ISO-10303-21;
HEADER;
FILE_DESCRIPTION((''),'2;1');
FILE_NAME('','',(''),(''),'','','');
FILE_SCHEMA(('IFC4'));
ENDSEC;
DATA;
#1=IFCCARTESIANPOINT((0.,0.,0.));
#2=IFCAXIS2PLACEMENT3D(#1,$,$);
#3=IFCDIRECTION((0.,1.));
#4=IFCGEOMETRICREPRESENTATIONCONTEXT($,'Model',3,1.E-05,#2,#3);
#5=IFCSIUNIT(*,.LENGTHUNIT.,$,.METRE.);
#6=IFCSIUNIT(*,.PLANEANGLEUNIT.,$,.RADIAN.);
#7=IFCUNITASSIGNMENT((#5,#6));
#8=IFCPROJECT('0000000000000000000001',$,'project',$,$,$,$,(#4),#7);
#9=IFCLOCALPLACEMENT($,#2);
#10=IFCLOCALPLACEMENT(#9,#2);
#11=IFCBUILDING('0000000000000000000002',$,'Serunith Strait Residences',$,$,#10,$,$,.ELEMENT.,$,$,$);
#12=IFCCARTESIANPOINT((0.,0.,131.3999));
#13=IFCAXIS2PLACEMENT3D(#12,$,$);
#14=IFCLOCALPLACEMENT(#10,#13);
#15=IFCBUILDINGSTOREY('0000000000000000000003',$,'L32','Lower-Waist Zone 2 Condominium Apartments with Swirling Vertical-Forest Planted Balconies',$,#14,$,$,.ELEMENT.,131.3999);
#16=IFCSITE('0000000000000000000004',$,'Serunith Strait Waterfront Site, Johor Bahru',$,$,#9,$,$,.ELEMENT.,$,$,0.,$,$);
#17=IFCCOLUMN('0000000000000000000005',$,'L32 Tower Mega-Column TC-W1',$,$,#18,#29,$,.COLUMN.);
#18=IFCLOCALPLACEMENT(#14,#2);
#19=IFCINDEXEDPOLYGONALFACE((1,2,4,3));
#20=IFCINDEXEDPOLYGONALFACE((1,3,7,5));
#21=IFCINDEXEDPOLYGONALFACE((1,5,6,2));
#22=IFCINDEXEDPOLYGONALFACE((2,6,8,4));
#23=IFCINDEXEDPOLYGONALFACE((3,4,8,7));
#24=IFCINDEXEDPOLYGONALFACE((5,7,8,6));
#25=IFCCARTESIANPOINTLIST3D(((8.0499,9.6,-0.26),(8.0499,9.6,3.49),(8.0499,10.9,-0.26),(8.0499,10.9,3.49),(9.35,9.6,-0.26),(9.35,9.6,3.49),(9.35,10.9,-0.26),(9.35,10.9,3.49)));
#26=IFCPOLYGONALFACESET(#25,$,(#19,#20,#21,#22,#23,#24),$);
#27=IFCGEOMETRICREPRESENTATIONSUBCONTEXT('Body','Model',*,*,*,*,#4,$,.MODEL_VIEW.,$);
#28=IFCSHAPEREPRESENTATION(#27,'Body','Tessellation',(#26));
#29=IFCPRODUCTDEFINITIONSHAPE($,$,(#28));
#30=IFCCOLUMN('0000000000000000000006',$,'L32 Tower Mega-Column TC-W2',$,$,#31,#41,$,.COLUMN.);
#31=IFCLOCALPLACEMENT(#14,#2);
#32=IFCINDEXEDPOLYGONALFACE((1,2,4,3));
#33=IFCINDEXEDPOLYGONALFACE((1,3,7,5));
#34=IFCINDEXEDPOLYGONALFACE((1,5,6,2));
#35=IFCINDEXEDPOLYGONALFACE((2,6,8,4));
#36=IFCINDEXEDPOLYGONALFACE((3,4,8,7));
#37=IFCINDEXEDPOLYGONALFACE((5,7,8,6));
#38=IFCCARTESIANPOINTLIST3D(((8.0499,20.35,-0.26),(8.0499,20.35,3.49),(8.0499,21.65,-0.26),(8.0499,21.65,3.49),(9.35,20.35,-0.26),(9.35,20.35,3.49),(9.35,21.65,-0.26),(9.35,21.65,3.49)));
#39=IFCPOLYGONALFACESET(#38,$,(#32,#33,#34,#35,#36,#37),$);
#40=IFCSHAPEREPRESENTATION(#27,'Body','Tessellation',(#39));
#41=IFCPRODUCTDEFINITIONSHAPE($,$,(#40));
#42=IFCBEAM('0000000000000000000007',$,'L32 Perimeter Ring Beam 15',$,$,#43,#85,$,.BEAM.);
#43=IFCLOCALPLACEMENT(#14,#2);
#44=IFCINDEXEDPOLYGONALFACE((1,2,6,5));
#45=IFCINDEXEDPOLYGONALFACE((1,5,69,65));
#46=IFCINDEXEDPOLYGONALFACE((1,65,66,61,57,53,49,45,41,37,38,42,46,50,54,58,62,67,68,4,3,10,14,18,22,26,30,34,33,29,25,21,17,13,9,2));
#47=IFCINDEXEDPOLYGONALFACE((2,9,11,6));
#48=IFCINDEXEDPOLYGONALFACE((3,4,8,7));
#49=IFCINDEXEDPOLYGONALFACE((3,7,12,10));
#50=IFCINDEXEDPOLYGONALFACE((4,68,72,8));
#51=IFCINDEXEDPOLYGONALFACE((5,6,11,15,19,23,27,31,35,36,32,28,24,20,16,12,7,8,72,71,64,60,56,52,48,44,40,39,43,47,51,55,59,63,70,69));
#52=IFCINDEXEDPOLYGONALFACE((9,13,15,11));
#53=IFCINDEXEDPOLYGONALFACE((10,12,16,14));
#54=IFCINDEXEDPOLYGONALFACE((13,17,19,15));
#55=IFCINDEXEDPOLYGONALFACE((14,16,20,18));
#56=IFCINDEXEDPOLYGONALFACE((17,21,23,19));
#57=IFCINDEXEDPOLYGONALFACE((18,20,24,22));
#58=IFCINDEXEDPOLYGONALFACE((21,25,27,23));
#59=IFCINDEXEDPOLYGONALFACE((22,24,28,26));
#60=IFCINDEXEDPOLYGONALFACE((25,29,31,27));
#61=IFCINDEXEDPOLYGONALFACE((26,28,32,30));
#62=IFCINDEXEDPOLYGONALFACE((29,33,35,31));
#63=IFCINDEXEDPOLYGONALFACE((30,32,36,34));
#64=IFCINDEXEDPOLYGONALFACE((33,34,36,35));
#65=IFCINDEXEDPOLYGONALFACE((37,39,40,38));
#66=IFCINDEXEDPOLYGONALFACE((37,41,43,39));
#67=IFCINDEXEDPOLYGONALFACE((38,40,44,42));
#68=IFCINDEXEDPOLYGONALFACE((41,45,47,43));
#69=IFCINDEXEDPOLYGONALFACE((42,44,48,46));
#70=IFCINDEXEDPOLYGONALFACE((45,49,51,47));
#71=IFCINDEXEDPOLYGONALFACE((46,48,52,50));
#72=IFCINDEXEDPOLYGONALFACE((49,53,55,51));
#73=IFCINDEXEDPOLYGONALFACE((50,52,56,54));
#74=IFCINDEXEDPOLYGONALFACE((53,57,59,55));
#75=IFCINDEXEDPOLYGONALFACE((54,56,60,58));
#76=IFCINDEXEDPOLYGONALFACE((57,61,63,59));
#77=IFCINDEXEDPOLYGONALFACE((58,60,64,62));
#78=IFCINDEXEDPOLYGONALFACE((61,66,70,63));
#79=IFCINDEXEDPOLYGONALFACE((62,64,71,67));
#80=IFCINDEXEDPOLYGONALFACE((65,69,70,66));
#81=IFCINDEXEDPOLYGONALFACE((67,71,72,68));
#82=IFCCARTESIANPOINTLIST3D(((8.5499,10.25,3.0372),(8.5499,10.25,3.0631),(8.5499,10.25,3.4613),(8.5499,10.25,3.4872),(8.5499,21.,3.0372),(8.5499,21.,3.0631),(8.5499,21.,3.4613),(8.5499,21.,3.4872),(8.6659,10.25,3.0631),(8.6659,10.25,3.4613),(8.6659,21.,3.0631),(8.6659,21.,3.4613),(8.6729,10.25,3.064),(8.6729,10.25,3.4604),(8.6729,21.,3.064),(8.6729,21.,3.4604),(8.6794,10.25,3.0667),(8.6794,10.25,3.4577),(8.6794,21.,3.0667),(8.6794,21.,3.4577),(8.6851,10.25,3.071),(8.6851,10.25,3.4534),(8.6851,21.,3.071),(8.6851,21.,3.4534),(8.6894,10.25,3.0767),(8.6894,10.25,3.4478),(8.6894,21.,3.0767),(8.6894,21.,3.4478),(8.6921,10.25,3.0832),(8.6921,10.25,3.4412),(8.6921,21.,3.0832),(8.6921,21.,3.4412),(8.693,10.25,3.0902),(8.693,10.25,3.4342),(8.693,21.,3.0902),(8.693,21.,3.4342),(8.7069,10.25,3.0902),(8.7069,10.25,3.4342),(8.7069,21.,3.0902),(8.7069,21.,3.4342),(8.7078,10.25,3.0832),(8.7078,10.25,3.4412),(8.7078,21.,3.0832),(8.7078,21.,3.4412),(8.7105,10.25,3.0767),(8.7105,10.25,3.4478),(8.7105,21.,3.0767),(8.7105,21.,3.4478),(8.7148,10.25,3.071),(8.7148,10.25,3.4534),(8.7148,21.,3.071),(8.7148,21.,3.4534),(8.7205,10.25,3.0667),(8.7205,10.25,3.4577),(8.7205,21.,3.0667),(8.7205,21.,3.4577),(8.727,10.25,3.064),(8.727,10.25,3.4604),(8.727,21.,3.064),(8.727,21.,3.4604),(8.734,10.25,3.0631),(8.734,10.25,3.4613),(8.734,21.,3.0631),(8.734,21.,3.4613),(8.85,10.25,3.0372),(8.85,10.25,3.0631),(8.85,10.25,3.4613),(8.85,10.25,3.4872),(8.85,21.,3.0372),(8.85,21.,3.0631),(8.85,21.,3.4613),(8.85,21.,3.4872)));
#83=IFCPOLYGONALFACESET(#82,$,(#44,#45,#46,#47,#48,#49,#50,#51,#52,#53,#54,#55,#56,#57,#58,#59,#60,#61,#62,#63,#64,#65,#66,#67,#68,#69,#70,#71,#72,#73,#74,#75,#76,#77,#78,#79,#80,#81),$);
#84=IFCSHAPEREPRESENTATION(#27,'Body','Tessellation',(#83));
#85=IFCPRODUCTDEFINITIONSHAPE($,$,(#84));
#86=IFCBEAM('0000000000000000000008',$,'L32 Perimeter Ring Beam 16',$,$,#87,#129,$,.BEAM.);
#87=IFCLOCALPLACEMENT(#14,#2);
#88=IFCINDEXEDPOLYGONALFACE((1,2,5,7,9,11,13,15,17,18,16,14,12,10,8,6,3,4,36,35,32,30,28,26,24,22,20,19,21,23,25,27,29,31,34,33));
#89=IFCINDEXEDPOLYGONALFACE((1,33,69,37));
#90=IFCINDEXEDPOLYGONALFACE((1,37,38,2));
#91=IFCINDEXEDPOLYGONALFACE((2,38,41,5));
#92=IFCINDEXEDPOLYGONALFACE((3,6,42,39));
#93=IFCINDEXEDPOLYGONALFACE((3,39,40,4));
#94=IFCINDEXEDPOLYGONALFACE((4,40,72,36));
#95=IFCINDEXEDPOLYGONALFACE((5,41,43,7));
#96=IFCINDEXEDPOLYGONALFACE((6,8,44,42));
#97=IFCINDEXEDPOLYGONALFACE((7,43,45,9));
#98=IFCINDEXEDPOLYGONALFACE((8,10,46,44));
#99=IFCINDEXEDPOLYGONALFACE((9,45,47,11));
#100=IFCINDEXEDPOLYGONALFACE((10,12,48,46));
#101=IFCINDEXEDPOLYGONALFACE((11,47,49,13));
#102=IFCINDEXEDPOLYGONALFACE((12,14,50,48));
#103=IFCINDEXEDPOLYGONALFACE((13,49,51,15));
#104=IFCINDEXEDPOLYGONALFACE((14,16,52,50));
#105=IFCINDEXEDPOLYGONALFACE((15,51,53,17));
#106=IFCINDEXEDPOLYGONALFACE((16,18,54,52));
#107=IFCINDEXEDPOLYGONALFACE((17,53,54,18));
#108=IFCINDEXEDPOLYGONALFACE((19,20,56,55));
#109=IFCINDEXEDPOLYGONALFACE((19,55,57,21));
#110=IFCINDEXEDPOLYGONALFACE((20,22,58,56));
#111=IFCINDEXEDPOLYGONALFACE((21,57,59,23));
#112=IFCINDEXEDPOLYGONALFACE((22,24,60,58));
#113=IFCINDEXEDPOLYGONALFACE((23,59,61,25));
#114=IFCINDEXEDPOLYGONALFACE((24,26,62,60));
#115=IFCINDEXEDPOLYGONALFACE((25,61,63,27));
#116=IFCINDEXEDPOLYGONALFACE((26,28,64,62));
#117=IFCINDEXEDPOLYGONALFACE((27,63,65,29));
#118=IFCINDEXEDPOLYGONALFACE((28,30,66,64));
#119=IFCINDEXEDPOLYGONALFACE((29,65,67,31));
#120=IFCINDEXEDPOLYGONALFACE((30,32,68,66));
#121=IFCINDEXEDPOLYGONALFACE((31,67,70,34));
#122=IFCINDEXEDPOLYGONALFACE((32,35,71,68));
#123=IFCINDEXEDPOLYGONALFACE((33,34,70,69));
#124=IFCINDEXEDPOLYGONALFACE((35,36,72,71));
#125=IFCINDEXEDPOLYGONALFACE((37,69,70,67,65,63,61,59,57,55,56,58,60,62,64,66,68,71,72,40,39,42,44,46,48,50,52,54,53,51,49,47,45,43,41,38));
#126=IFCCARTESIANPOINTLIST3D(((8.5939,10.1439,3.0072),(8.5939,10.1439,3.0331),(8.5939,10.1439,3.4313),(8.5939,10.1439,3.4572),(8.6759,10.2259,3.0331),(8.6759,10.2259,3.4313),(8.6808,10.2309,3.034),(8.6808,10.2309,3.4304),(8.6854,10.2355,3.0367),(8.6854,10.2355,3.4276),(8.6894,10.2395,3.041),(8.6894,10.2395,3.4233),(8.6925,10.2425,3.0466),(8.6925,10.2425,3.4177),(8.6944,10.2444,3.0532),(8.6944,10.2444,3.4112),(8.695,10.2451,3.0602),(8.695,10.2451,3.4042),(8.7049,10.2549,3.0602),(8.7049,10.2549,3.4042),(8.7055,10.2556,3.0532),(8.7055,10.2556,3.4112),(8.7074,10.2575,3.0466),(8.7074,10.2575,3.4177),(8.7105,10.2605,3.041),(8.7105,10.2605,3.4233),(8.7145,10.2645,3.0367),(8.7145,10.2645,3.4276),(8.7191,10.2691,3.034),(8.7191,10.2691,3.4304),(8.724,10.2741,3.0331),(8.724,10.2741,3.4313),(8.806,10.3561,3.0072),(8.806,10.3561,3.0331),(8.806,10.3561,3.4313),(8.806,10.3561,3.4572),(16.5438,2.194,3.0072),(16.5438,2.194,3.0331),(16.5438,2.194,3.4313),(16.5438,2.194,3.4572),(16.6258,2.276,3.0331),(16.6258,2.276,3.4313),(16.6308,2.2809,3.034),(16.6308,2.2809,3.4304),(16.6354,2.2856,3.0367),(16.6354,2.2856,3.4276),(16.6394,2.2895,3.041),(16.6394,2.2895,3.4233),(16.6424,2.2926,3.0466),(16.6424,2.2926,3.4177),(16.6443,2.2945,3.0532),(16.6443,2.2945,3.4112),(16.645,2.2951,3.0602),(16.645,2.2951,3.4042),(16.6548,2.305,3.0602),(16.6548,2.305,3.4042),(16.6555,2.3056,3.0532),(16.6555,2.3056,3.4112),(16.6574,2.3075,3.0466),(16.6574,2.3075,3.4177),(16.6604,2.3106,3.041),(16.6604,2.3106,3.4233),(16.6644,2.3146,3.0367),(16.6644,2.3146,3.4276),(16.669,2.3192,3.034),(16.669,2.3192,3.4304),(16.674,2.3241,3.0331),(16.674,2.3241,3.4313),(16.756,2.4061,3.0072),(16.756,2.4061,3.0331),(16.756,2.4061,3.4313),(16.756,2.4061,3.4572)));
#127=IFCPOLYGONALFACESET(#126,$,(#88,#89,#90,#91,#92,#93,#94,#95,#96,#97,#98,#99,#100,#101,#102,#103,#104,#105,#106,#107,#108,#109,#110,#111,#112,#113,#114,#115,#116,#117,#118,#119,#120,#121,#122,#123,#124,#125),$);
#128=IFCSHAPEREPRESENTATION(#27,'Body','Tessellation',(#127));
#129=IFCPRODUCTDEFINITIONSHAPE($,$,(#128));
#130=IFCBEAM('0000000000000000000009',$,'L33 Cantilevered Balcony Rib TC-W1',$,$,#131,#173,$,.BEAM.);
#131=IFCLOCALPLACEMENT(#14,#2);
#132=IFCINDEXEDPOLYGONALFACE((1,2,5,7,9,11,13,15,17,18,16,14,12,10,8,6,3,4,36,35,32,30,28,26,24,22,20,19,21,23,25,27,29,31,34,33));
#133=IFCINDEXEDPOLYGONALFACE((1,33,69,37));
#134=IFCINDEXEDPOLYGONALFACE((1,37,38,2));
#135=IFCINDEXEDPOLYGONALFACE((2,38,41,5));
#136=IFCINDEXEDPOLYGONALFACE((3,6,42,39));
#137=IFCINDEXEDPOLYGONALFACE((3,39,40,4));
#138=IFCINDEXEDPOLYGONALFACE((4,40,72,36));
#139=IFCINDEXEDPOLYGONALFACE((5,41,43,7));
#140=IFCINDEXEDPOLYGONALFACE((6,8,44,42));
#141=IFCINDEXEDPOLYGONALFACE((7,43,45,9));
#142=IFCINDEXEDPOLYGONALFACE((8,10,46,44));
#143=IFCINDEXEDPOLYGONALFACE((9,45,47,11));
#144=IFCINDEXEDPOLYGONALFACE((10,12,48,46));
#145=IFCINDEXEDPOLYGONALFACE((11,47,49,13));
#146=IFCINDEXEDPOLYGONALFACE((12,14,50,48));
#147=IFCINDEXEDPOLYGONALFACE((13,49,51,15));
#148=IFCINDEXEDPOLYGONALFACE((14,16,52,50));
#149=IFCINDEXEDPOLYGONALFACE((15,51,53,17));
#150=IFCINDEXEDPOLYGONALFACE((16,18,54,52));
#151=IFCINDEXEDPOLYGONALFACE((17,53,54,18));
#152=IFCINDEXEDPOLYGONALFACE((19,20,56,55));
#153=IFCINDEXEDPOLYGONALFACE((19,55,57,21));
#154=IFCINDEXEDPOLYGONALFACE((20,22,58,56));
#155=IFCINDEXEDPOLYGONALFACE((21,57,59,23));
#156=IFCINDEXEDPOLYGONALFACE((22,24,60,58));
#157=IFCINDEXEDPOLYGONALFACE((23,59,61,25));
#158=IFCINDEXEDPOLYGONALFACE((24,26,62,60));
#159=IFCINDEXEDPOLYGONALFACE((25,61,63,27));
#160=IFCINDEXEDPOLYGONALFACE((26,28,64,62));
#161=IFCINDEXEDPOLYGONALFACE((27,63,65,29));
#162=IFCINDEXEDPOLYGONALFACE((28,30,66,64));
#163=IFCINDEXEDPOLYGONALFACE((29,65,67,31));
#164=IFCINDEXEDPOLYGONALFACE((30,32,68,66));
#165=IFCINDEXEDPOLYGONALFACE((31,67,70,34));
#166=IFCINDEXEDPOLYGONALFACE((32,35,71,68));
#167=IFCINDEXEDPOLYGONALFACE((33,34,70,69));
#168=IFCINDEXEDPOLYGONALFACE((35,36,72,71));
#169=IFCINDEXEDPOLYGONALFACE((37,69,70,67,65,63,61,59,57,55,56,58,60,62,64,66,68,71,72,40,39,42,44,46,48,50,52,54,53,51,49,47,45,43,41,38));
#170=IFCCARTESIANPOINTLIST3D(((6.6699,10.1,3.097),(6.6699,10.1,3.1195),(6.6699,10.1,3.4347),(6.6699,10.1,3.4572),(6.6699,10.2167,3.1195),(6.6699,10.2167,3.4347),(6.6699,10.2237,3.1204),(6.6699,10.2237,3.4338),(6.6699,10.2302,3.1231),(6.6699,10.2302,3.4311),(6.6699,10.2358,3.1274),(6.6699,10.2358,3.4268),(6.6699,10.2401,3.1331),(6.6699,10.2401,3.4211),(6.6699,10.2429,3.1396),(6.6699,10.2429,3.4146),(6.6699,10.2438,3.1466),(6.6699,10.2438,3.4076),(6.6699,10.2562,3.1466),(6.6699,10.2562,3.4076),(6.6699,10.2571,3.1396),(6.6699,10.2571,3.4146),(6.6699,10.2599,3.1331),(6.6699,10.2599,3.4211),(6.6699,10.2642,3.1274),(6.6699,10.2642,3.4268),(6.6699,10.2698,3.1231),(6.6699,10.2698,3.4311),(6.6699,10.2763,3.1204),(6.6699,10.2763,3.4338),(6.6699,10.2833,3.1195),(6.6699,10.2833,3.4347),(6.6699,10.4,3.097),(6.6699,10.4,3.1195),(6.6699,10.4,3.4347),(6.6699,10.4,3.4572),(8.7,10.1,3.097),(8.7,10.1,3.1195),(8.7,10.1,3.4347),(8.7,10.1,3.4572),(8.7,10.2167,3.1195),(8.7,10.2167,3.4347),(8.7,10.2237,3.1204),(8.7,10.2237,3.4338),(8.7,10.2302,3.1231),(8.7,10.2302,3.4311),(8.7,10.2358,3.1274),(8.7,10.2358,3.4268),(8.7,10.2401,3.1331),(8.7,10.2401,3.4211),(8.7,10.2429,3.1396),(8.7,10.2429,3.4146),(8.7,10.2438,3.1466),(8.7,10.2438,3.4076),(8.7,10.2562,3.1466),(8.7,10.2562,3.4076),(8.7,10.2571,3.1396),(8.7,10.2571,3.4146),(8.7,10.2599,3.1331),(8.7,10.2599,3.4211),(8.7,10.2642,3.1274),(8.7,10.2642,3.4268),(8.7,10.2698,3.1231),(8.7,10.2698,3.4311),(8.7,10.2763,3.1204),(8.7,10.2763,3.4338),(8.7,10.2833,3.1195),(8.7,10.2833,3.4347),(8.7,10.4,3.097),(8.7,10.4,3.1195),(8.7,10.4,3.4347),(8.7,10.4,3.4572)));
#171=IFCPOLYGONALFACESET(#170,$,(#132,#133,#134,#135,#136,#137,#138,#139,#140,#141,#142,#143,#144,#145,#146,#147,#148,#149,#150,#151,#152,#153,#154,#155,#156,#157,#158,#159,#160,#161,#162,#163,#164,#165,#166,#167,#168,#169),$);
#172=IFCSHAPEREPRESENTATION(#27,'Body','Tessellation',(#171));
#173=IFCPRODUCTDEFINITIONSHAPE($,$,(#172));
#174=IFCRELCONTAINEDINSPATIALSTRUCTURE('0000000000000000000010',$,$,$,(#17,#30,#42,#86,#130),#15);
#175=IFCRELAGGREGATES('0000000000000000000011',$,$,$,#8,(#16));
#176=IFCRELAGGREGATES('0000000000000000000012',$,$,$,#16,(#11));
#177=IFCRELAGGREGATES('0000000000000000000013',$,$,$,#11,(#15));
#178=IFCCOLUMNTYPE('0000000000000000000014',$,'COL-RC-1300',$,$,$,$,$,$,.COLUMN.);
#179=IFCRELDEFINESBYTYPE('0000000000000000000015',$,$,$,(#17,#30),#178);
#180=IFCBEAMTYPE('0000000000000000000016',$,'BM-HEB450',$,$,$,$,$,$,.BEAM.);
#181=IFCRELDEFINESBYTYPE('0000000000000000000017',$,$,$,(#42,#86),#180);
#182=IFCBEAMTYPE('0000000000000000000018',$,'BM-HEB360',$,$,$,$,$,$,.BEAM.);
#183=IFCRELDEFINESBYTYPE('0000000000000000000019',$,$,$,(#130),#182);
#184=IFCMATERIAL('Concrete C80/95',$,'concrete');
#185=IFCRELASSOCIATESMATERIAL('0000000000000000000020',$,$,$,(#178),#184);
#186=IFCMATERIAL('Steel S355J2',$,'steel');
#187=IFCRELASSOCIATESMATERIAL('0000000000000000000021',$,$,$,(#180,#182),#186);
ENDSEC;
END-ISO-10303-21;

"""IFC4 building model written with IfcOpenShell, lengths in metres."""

from ifc_helpers import new_model, si_unit, direction, frame, origin, origin_2d, place, context, subcontext, project, spatial, rectangle, i_section, extrude, source, transform, mapped, material, material_profile, profile_set, type_object, element, save


model = new_model("IFC4")

# Units and contexts
model_context = context("Model", 3, precision=1e-05, world=origin(), true_north=direction((0.0, 1.0)))
body_context = subcontext(model_context, "Body", "Model", "MODEL_VIEW")
ifc_project = project(units=[si_unit("LENGTHUNIT", "METRE"), si_unit("PLANEANGLEUNIT", "RADIAN")], contexts=[model_context])

# Site, building, storey
site_placement = place(None, origin())
site = spatial("IfcSite", under=ifc_project, at=site_placement, Name="Serunith Strait Waterfront Site, Johor Bahru", CompositionType="ELEMENT", RefElevation=0.0)
building_placement = place(site_placement, origin())
building = spatial("IfcBuilding", under=site, at=building_placement, Name="Serunith Strait Residences", CompositionType="ELEMENT")
storey_placement = place(building_placement, frame((0.0, 0.0, 131.3999)))
storey = spatial("IfcBuildingStorey", under=building, at=storey_placement, Name="L32", Description="Lower-Waist Zone 2 Condominium Apartments with Swirling Vertical-Forest Planted Balconies", CompositionType="ELEMENT", Elevation=131.3999)

# Columns
ifc_material_1 = material(Name="Concrete C80/95", Category="concrete")
ifc_material_profile_1 = material_profile(ifc_material_1, rectangle(XDim=1.3, YDim=1.3, at=origin_2d()), Name="RC 1300x1300")
ifc_profile_set_1 = profile_set([ifc_material_profile_1], Name="Concrete C80/95")
column_type = type_object("IfcColumnType", Name="COL-RC-1300", PredefinedType="COLUMN", material=ifc_profile_set_1)
shared_shape_1 = source(origin(), body_context, "Body", "SweptSolid", [
    extrude(rectangle(XDim=1.3, YDim=1.3, at=origin_2d()), origin(), (0.0, 0.0, 1.0), 3.75),
])
for number, where, z_axis, x_axis, name in (
    (1, (8.7, 10.25, -0.26), (0.0, 0.0, 1.0), (1.0, 0.0, 0.0), "L32 Tower Mega-Column TC-W1"),
    (2, (8.7, 21.0, -0.26), (0.0, 0.0, 1.0), (1.0, 0.0, 0.0), "L32 Tower Mega-Column TC-W2"),
):
    element("IfcColumn", number, at=place(storey_placement, frame(where, z_axis=z_axis, x_axis=x_axis)), inside=storey, type_object=column_type, Name=name, PredefinedType="COLUMN", context=body_context, shape_type="MappedRepresentation", body=[
        mapped(shared_shape_1, transform((0.0, 0.0, 0.0), scale=1.0)),
    ])

# Beams
ifc_material_2 = material(Name="Steel S355J2", Category="steel")
ifc_material_profile_2 = material_profile(ifc_material_2, i_section(OverallWidth=0.3, OverallDepth=0.45, WebThickness=0.0139, FlangeThickness=0.0259, FilletRadius=0.0271, at=origin_2d()), Name="HEB 450")
ifc_profile_set_2 = profile_set([ifc_material_profile_2], Name="Steel S355J2")
beam_type_1 = type_object("IfcBeamType", Name="BM-HEB450", PredefinedType="BEAM", material=ifc_profile_set_2)
shared_shape_2 = source(origin(), body_context, "Body", "SweptSolid", [
    extrude(i_section(OverallWidth=0.3, OverallDepth=0.45, WebThickness=0.0139, FlangeThickness=0.0259, FilletRadius=0.0271, at=origin_2d()), origin(), (0.0, 0.0, 1.0), 10.75),
])
beam_1_placement = place(storey_placement, frame((8.7, 21.0, 3.2622), z_axis=(0.0, -1.0, 0.0), x_axis=(1.0, 0.0, 0.0)))
element("IfcBeam", 3, at=beam_1_placement, inside=storey, type_object=beam_type_1, Name="L32 Perimeter Ring Beam 15", PredefinedType="BEAM", context=body_context, shape_type="MappedRepresentation", body=[
    mapped(shared_shape_2, transform((0.0, 0.0, 0.0), scale=1.0)),
])
shared_shape_3 = source(origin(), body_context, "Body", "SweptSolid", [
    extrude(i_section(OverallWidth=0.3, OverallDepth=0.45, WebThickness=0.0139, FlangeThickness=0.0259, FilletRadius=0.0271, at=origin_2d()), origin(), (0.0, 0.0, 1.0), 11.2429),
])
beam_2_placement = place(storey_placement, frame((8.7, 10.25, 3.2322), z_axis=(0.707107, -0.707107, 0.0), x_axis=(0.707107, 0.707107, 0.0)))
element("IfcBeam", 4, at=beam_2_placement, inside=storey, type_object=beam_type_1, Name="L32 Perimeter Ring Beam 16", PredefinedType="BEAM", context=body_context, shape_type="MappedRepresentation", body=[
    mapped(shared_shape_3, transform((0.0, 0.0, 0.0), scale=1.0)),
])
ifc_material_profile_3 = material_profile(ifc_material_2, i_section(OverallWidth=0.3, OverallDepth=0.3601, WebThickness=0.0125, FlangeThickness=0.0225, FilletRadius=0.0271, at=origin_2d()), Name="HEB 360")
ifc_profile_set_3 = profile_set([ifc_material_profile_3], Name="Steel S355J2")
beam_type_2 = type_object("IfcBeamType", Name="BM-HEB360", PredefinedType="BEAM", material=ifc_profile_set_3)
shared_shape_4 = source(origin(), body_context, "Body", "SweptSolid", [
    extrude(i_section(OverallWidth=0.3, OverallDepth=0.3601, WebThickness=0.0125, FlangeThickness=0.0225, FilletRadius=0.0271, at=origin_2d()), origin(), (0.0, 0.0, 1.0), 2.03),
])
for number, where, z_axis, x_axis, name in (
    (5, (8.7, 10.25, 3.2771), (-1.0, 0.0, 0.0), (0.0, -1.0, 0.0), "L33 Cantilevered Balcony Rib TC-W1"),
):
    element("IfcBeam", number, at=place(storey_placement, frame(where, z_axis=z_axis, x_axis=x_axis)), inside=storey, type_object=beam_type_2, Name=name, PredefinedType="BEAM", context=body_context, shape_type="MappedRepresentation", body=[
        mapped(shared_shape_4, transform((0.0, 0.0, 0.0), scale=1.0)),
    ])

save(model, "model.ifc")
